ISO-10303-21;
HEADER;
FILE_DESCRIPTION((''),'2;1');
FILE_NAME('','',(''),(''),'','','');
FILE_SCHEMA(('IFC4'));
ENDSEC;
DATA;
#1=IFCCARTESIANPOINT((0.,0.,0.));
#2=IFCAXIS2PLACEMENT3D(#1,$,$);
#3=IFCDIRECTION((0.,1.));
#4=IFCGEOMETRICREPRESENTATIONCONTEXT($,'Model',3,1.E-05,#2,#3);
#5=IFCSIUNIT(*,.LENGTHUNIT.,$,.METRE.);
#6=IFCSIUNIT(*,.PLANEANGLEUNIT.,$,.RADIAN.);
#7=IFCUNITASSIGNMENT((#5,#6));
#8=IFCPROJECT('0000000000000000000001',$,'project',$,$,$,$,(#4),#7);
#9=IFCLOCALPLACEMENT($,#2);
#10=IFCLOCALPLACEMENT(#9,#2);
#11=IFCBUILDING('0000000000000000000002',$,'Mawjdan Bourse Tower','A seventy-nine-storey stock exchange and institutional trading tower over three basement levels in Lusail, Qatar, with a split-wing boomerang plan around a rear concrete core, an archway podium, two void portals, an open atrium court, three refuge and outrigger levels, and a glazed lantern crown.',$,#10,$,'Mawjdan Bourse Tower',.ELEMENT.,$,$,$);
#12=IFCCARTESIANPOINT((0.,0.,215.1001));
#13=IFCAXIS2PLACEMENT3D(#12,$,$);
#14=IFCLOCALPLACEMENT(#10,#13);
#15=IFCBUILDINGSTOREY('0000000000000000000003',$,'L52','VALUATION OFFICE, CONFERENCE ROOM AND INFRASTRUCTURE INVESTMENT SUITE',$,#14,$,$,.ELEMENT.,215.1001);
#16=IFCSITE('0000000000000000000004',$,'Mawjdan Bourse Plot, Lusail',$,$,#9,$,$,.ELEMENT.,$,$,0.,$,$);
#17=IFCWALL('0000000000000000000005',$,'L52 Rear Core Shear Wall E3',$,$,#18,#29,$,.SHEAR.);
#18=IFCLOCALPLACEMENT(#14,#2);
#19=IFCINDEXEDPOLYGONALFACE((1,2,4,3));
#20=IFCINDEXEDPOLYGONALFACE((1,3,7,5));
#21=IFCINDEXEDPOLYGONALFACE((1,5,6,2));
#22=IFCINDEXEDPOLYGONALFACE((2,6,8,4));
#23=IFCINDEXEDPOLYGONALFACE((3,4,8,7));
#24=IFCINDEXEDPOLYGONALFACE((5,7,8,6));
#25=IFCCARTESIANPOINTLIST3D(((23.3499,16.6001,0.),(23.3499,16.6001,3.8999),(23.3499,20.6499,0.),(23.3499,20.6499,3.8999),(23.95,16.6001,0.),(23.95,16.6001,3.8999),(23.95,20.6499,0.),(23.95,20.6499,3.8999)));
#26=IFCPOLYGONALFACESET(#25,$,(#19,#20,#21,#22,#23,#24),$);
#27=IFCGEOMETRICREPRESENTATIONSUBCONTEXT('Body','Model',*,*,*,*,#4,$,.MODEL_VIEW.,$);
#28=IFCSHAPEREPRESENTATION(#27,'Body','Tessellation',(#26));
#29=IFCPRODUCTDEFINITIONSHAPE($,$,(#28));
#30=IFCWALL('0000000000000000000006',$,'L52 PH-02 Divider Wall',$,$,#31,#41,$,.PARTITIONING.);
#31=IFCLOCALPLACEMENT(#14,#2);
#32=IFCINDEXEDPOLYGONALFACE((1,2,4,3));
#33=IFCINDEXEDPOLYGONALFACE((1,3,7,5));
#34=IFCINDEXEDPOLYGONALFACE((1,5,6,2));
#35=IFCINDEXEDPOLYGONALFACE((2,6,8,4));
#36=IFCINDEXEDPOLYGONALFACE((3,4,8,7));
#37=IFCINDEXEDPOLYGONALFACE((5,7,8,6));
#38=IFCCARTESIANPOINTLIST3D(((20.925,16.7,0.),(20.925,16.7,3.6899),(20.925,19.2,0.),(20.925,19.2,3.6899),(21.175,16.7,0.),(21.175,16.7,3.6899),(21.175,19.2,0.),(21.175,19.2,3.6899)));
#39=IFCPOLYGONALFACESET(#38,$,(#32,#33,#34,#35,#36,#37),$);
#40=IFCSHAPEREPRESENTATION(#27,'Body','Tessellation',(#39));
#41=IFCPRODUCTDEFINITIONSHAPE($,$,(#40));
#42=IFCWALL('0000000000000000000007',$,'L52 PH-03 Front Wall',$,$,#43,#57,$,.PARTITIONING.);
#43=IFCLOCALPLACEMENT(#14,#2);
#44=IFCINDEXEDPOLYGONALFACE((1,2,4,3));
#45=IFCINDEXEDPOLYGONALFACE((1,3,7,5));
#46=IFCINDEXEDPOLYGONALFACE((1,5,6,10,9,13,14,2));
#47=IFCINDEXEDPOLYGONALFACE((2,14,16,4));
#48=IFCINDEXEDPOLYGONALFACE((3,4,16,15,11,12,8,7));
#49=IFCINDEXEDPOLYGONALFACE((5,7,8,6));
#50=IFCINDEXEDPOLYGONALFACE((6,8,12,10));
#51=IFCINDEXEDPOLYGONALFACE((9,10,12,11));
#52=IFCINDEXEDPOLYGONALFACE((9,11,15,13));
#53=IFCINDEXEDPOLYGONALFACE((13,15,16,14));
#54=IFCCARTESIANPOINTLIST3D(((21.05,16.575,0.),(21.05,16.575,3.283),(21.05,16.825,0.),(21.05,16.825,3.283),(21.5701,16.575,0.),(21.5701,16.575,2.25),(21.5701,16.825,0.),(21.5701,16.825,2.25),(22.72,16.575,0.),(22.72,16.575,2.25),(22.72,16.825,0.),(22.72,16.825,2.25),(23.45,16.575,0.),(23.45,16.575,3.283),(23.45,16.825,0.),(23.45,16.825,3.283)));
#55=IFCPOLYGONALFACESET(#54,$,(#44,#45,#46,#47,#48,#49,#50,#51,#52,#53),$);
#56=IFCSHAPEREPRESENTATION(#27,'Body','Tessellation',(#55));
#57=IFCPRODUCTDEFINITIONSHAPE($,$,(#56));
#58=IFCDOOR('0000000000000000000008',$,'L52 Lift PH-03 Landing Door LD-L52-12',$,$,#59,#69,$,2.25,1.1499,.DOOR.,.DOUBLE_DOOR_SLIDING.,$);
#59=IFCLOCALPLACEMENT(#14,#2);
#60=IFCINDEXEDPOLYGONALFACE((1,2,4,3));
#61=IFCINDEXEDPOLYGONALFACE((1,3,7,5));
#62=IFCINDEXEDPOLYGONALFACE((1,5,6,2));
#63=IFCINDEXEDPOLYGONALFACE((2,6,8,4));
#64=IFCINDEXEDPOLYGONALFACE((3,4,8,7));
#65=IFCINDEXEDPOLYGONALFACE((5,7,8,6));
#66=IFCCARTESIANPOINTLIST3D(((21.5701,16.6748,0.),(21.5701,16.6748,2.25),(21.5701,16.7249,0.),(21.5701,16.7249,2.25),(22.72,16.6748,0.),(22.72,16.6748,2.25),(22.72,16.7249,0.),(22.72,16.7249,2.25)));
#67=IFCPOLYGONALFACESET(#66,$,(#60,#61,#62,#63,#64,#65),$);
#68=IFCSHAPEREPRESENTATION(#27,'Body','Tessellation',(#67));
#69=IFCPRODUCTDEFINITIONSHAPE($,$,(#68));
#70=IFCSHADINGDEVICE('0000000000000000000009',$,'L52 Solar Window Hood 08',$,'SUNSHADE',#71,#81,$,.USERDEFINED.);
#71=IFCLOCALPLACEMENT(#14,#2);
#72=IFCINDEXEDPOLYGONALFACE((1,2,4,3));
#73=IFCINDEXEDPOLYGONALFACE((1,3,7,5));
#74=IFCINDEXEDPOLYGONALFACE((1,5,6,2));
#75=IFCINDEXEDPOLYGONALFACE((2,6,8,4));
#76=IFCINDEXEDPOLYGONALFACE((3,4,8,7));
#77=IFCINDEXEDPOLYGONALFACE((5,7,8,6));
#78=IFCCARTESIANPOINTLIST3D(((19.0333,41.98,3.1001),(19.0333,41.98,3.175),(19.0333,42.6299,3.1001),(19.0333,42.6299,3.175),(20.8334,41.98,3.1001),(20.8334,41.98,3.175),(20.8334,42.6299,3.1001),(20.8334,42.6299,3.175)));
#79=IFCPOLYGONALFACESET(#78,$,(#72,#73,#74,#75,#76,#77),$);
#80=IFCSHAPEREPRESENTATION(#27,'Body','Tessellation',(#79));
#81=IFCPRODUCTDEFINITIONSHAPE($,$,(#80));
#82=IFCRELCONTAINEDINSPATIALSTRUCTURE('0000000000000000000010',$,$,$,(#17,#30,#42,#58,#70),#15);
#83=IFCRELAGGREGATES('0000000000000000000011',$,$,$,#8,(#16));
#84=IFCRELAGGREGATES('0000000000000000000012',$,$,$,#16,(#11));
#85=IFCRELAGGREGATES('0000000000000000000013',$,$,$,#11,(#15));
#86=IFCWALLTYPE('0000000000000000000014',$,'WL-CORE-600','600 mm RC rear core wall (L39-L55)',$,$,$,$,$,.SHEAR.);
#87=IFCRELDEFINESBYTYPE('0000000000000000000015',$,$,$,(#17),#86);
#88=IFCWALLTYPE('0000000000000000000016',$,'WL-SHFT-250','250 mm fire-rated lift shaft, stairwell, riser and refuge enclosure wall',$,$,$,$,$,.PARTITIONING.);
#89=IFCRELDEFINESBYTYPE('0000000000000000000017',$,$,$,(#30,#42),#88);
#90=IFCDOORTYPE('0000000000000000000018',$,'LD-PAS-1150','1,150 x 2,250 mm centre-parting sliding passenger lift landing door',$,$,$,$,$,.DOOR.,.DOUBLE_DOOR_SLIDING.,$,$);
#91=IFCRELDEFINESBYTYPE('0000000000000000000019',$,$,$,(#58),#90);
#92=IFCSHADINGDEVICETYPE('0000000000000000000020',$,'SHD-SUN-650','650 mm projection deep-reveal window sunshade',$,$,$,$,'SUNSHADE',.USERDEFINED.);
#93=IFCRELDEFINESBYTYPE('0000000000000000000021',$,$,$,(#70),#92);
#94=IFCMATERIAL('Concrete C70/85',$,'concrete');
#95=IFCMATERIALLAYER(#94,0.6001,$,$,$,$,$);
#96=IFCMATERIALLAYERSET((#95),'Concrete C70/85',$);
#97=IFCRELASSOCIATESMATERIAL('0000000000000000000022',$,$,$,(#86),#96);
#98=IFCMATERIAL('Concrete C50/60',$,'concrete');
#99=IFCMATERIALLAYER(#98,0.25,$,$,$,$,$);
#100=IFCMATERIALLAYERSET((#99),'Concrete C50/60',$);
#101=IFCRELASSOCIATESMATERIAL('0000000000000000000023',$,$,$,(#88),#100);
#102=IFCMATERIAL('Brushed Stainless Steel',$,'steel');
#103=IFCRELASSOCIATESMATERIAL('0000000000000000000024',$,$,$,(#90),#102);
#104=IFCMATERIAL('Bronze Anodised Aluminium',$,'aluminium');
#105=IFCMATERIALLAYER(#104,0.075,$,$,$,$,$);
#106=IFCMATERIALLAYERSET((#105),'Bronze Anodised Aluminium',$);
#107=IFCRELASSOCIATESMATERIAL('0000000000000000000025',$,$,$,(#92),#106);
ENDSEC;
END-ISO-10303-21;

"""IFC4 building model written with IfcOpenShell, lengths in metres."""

from ifc_helpers import new_model, si_unit, direction, frame, frame_2d, origin, origin_2d, place, context, subcontext, project, spatial, rectangle, extrude, material, layer, layer_set, type_object, element, fill, save


model = new_model("IFC4")

# Units and contexts
model_context = context("Model", 3, precision=1e-05, world=origin(), true_north=direction((0.0, 1.0)))
body_context = subcontext(model_context, "Body", "Model", "MODEL_VIEW")
ifc_project = project(units=[si_unit("LENGTHUNIT", "METRE"), si_unit("PLANEANGLEUNIT", "RADIAN")], contexts=[model_context])

# Site, building, storey
site_placement = place(None, origin())
site = spatial("IfcSite", under=ifc_project, at=site_placement, Name="Mawjdan Bourse Plot, Lusail", CompositionType="ELEMENT", RefElevation=0.0)
building_placement = place(site_placement, origin())
building = spatial("IfcBuilding", under=site, at=building_placement, Name="Mawjdan Bourse Tower", Description="A seventy-nine-storey stock exchange and institutional trading tower over three basement levels in Lusail, Qatar, with a split-wing boomerang plan around a rear concrete core, an archway podium, two void portals, an open atrium court, three refuge and outrigger levels, and a glazed lantern crown.", LongName="Mawjdan Bourse Tower", CompositionType="ELEMENT")
storey_placement = place(building_placement, frame((0.0, 0.0, 215.1001)))
storey = spatial("IfcBuildingStorey", under=building, at=storey_placement, Name="L52", Description="VALUATION OFFICE, CONFERENCE ROOM AND INFRASTRUCTURE INVESTMENT SUITE", CompositionType="ELEMENT", Elevation=215.1001)

# Shared definitions
ifc_material_1 = material(Name="Concrete C70/85", Category="concrete")

# Walls
ifc_layer_1 = layer(ifc_material_1, 0.6001)
ifc_layer_set_1 = layer_set([ifc_layer_1], Name="Concrete C70/85")
wall_type_1 = type_object("IfcWallType", Name="WL-CORE-600", Description="600 mm RC rear core wall (L39-L55)", PredefinedType="SHEAR", material=ifc_layer_set_1)
wall_1_placement = place(storey_placement, frame((23.6499, 16.6001, 0.0), z_axis=(0.0, 0.0, 1.0), x_axis=(0.0, 1.0, 0.0)))
element("IfcWall", 1, at=wall_1_placement, inside=storey, type_object=wall_type_1, Name="L52 Rear Core Shear Wall E3", PredefinedType="SHEAR", context=body_context, shape_type="SweptSolid", body=[
    extrude(rectangle(XDim=4.0498, YDim=0.6001, at=frame_2d((2.0249, 0.0))), origin(), (0.0, 0.0, 1.0), 3.8999),
])
ifc_material_2 = material(Name="Concrete C50/60", Category="concrete")
ifc_layer_2 = layer(ifc_material_2, 0.25)
ifc_layer_set_2 = layer_set([ifc_layer_2], Name="Concrete C50/60")
wall_type_2 = type_object("IfcWallType", Name="WL-SHFT-250", Description="250 mm fire-rated lift shaft, stairwell, riser and refuge enclosure wall", PredefinedType="PARTITIONING", material=ifc_layer_set_2)
wall_2_placement = place(storey_placement, frame((21.05, 16.7, 0.0), z_axis=(0.0, 0.0, 1.0), x_axis=(0.0, 1.0, 0.0)))
element("IfcWall", 2, at=wall_2_placement, inside=storey, type_object=wall_type_2, Name="L52 PH-02 Divider Wall", PredefinedType="PARTITIONING", context=body_context, shape_type="SweptSolid", body=[
    extrude(rectangle(XDim=2.5, YDim=0.25, at=frame_2d((1.25, 0.0))), origin(), (0.0, 0.0, 1.0), 3.6899),
])

# Wall, opening, door
wall_3_placement = place(storey_placement, frame((21.05, 16.7, 0.0), z_axis=(0.0, 0.0, 1.0), x_axis=(1.0, 0.0, 0.0)))
wall_3 = element("IfcWall", 3, at=wall_3_placement, inside=storey, type_object=wall_type_2, Name="L52 PH-03 Front Wall", PredefinedType="PARTITIONING", context=body_context, shape_type="SweptSolid", body=[
    extrude(rectangle(XDim=2.3999, YDim=0.25, at=frame_2d((1.2, 0.0))), origin(), (0.0, 0.0, 1.0), 3.283),
])
opening_1_placement = place(wall_3_placement, frame((0.52, 0.0, 0.0)))
opening_1 = element("IfcOpeningElement", 4, at=opening_1_placement, cuts=wall_3, PredefinedType="OPENING", context=body_context, shape_type="SweptSolid", body=[
    extrude(rectangle(XDim=1.1499, YDim=2.25, at=frame_2d((0.575, 1.125))), frame((0.0, 0.135, 0.0), z_axis=(0.0, -1.0, 0.0), x_axis=(1.0, 0.0, 0.0)), (0.0, 0.0, 1.0), 0.27),
])
ifc_material_3 = material(Name="Brushed Stainless Steel", Category="steel")
door_type_1 = type_object("IfcDoorType", Name="LD-PAS-1150", Description="1,150 x 2,250 mm centre-parting sliding passenger lift landing door", OperationType="DOUBLE_DOOR_SLIDING", PredefinedType="DOOR", material=ifc_material_3)
door_1_placement = place(opening_1_placement, origin())
door_1 = element("IfcDoor", 5, at=door_1_placement, inside=storey, type_object=door_type_1, Name="L52 Lift PH-03 Landing Door LD-L52-12", OperationType="DOUBLE_DOOR_SLIDING", OverallHeight=2.25, OverallWidth=1.1499, PredefinedType="DOOR", context=body_context, shape_type="SweptSolid", body=[
    extrude(rectangle(XDim=1.1499, YDim=2.25, at=frame_2d((0.575, 1.125))), frame((0.0, 0.0249, 0.0), z_axis=(0.0, -1.0, 0.0), x_axis=(1.0, 0.0, 0.0)), (0.0, 0.0, 1.0), 0.05),
])
fill(opening_1, door_1)

# Shading device
ifc_material_4 = material(Name="Bronze Anodised Aluminium", Category="aluminium")
ifc_layer_3 = layer(ifc_material_4, 0.075)
ifc_layer_set_3 = layer_set([ifc_layer_3], Name="Bronze Anodised Aluminium")
shading_device_type = type_object("IfcShadingDeviceType", Name="SHD-SUN-650", Description="650 mm projection deep-reveal window sunshade", ElementType="SUNSHADE", PredefinedType="USERDEFINED", material=ifc_layer_set_3)
shading_device_placement = place(storey_placement, frame((19.9333, 42.3049, 3.1001), z_axis=(0.0, 0.0, 1.0), x_axis=(-1.0, 0.0, 0.0)))
element("IfcShadingDevice", 6, at=shading_device_placement, inside=storey, type_object=shading_device_type, Name="L52 Solar Window Hood 08", ObjectType="SUNSHADE", PredefinedType="USERDEFINED", context=body_context, shape_type="SweptSolid", body=[
    extrude(rectangle(XDim=1.8, YDim=0.6499, at=origin_2d()), origin(), (0.0, 0.0, 1.0), 0.075),
])

save(model, "model.ifc")
